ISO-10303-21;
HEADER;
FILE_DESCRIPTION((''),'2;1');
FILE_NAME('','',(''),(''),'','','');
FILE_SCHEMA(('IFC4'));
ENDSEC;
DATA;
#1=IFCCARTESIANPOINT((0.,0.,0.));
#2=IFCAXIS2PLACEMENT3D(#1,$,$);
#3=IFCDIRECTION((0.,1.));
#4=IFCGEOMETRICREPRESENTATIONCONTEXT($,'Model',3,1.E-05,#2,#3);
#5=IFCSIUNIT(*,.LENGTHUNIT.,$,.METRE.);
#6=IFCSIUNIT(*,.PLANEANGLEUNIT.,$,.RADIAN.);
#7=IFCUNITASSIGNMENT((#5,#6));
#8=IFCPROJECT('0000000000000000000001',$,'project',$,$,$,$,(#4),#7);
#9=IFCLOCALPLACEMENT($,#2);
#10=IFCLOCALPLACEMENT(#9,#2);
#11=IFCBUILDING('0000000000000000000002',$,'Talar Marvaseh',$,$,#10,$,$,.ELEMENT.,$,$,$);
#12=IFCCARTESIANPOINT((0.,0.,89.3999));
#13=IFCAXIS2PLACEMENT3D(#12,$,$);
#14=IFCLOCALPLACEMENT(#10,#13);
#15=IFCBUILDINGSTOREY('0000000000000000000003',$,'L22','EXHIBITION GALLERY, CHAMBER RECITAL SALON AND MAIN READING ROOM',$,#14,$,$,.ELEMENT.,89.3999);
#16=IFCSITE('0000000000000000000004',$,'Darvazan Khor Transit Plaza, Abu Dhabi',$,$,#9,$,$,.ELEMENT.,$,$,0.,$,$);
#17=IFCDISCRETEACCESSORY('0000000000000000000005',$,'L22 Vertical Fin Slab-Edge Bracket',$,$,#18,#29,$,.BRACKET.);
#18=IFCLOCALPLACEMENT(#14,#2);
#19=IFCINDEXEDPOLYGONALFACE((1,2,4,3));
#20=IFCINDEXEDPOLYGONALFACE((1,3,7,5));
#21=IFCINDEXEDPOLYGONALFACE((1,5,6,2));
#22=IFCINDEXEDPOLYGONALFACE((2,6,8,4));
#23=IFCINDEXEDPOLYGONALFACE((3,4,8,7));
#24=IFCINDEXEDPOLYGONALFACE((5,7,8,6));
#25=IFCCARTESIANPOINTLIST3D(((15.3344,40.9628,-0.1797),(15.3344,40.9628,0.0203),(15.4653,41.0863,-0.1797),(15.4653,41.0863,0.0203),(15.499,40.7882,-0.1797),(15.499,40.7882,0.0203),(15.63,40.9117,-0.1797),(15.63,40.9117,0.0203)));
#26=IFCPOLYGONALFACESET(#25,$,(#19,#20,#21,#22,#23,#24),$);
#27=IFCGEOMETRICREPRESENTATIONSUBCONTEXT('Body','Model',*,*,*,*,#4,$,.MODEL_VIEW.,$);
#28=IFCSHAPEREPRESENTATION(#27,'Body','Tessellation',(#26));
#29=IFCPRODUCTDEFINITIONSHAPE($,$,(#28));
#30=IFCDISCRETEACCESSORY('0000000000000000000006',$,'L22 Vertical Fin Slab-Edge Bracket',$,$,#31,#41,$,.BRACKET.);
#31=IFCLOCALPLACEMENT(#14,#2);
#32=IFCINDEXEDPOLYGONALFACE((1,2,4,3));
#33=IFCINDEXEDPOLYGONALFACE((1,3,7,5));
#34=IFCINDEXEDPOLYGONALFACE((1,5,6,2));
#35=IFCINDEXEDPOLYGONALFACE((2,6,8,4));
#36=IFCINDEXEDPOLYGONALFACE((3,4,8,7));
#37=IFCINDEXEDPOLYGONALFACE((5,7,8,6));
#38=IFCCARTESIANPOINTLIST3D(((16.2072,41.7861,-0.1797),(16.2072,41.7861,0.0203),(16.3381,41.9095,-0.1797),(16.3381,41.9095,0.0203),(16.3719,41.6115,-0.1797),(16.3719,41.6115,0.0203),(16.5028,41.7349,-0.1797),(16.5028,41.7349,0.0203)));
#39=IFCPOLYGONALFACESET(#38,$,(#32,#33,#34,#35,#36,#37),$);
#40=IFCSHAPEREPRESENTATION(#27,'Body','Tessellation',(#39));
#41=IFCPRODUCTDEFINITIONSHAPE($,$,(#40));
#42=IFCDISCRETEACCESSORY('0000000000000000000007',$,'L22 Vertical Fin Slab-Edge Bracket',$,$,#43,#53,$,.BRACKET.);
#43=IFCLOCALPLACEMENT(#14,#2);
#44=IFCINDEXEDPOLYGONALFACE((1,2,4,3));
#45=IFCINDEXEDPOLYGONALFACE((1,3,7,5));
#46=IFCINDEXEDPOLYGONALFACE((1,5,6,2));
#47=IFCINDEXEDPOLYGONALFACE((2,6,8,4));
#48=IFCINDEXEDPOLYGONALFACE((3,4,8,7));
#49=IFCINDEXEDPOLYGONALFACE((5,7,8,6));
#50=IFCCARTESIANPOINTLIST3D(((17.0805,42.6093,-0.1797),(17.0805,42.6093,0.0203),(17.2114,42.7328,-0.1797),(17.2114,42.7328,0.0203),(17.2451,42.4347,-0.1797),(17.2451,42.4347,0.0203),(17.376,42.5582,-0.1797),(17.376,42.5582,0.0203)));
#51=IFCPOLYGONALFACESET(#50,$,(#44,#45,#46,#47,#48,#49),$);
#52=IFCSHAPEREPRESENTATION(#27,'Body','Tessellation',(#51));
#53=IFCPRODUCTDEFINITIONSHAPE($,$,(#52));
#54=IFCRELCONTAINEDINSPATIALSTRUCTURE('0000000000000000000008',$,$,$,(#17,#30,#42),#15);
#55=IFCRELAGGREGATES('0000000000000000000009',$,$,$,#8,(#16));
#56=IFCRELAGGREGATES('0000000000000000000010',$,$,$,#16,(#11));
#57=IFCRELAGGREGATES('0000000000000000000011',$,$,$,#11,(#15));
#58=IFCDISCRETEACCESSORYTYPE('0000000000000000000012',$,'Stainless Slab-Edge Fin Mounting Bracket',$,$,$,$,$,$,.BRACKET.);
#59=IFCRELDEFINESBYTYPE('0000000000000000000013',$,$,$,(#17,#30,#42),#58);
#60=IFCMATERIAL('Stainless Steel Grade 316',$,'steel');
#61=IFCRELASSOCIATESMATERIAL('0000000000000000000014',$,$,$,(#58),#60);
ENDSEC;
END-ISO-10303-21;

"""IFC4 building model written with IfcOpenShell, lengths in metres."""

from ifc_helpers import new_model, si_unit, direction, frame, origin, origin_2d, place, context, subcontext, project, spatial, rectangle, extrude, source, transform, mapped, material, type_object, type_shapes, element, save


model = new_model("IFC4")

# Units and contexts
model_context = context("Model", 3, precision=1e-05, world=origin(), true_north=direction((0.0, 1.0)))
body_context = subcontext(model_context, "Body", "Model", "MODEL_VIEW")
ifc_project = project(units=[si_unit("LENGTHUNIT", "METRE"), si_unit("PLANEANGLEUNIT", "RADIAN")], contexts=[model_context])

# Site, building, storey
site_placement = place(None, origin())
site = spatial("IfcSite", under=ifc_project, at=site_placement, Name="Darvazan Khor Transit Plaza, Abu Dhabi", CompositionType="ELEMENT", RefElevation=0.0)
building_placement = place(site_placement, origin())
building = spatial("IfcBuilding", under=site, at=building_placement, Name="Talar Marvaseh", CompositionType="ELEMENT")
storey_placement = place(building_placement, frame((0.0, 0.0, 89.3999)))
storey = spatial("IfcBuildingStorey", under=building, at=storey_placement, Name="L22", Description="EXHIBITION GALLERY, CHAMBER RECITAL SALON AND MAIN READING ROOM", CompositionType="ELEMENT", Elevation=89.3999)

# Shared definitions
ifc_material_1 = material(Name="Stainless Steel Grade 316", Category="steel")

# Discrete accessories
discrete_accessory_type = type_object("IfcDiscreteAccessoryType", Name="Stainless Slab-Edge Fin Mounting Bracket", PredefinedType="BRACKET", material=ifc_material_1)
shared_shape_1 = source(origin(), body_context, "Body", "SweptSolid", [
    extrude(rectangle(XDim=0.24, YDim=0.1799, at=origin_2d()), origin(), (0.0, 0.0, 1.0), 0.2),
])
type_shapes(discrete_accessory_type, [shared_shape_1])
for number, where, z_axis, x_axis, name in (
    (1, (15.4822, 40.9373, -0.1797), (0.0, 0.0, 1.0), (-0.686072, 0.727533, 0.0), "L22 Vertical Fin Slab-Edge Bracket"),
    (2, (16.355, 41.7605, -0.1797), (0.0, 0.0, 1.0), (-0.686072, 0.727533, 0.0), "L22 Vertical Fin Slab-Edge Bracket"),
    (3, (17.2283, 42.5837, -0.1797), (0.0, 0.0, 1.0), (-0.686072, 0.727533, 0.0), "L22 Vertical Fin Slab-Edge Bracket"),
):
    element("IfcDiscreteAccessory", number, at=place(storey_placement, frame(where, z_axis=z_axis, x_axis=x_axis)), inside=storey, type_object=discrete_accessory_type, Name=name, PredefinedType="BRACKET", context=body_context, shape_type="MappedRepresentation", body=[
        mapped(shared_shape_1, transform((0.0, 0.0, 0.0), x_axis=(1.0, 0.0, 0.0), y_axis=(0.0, 1.0, 0.0), z_axis=(0.0, 0.0, 1.0), scale=1.0)),
    ])

save(model, "model.ifc")
